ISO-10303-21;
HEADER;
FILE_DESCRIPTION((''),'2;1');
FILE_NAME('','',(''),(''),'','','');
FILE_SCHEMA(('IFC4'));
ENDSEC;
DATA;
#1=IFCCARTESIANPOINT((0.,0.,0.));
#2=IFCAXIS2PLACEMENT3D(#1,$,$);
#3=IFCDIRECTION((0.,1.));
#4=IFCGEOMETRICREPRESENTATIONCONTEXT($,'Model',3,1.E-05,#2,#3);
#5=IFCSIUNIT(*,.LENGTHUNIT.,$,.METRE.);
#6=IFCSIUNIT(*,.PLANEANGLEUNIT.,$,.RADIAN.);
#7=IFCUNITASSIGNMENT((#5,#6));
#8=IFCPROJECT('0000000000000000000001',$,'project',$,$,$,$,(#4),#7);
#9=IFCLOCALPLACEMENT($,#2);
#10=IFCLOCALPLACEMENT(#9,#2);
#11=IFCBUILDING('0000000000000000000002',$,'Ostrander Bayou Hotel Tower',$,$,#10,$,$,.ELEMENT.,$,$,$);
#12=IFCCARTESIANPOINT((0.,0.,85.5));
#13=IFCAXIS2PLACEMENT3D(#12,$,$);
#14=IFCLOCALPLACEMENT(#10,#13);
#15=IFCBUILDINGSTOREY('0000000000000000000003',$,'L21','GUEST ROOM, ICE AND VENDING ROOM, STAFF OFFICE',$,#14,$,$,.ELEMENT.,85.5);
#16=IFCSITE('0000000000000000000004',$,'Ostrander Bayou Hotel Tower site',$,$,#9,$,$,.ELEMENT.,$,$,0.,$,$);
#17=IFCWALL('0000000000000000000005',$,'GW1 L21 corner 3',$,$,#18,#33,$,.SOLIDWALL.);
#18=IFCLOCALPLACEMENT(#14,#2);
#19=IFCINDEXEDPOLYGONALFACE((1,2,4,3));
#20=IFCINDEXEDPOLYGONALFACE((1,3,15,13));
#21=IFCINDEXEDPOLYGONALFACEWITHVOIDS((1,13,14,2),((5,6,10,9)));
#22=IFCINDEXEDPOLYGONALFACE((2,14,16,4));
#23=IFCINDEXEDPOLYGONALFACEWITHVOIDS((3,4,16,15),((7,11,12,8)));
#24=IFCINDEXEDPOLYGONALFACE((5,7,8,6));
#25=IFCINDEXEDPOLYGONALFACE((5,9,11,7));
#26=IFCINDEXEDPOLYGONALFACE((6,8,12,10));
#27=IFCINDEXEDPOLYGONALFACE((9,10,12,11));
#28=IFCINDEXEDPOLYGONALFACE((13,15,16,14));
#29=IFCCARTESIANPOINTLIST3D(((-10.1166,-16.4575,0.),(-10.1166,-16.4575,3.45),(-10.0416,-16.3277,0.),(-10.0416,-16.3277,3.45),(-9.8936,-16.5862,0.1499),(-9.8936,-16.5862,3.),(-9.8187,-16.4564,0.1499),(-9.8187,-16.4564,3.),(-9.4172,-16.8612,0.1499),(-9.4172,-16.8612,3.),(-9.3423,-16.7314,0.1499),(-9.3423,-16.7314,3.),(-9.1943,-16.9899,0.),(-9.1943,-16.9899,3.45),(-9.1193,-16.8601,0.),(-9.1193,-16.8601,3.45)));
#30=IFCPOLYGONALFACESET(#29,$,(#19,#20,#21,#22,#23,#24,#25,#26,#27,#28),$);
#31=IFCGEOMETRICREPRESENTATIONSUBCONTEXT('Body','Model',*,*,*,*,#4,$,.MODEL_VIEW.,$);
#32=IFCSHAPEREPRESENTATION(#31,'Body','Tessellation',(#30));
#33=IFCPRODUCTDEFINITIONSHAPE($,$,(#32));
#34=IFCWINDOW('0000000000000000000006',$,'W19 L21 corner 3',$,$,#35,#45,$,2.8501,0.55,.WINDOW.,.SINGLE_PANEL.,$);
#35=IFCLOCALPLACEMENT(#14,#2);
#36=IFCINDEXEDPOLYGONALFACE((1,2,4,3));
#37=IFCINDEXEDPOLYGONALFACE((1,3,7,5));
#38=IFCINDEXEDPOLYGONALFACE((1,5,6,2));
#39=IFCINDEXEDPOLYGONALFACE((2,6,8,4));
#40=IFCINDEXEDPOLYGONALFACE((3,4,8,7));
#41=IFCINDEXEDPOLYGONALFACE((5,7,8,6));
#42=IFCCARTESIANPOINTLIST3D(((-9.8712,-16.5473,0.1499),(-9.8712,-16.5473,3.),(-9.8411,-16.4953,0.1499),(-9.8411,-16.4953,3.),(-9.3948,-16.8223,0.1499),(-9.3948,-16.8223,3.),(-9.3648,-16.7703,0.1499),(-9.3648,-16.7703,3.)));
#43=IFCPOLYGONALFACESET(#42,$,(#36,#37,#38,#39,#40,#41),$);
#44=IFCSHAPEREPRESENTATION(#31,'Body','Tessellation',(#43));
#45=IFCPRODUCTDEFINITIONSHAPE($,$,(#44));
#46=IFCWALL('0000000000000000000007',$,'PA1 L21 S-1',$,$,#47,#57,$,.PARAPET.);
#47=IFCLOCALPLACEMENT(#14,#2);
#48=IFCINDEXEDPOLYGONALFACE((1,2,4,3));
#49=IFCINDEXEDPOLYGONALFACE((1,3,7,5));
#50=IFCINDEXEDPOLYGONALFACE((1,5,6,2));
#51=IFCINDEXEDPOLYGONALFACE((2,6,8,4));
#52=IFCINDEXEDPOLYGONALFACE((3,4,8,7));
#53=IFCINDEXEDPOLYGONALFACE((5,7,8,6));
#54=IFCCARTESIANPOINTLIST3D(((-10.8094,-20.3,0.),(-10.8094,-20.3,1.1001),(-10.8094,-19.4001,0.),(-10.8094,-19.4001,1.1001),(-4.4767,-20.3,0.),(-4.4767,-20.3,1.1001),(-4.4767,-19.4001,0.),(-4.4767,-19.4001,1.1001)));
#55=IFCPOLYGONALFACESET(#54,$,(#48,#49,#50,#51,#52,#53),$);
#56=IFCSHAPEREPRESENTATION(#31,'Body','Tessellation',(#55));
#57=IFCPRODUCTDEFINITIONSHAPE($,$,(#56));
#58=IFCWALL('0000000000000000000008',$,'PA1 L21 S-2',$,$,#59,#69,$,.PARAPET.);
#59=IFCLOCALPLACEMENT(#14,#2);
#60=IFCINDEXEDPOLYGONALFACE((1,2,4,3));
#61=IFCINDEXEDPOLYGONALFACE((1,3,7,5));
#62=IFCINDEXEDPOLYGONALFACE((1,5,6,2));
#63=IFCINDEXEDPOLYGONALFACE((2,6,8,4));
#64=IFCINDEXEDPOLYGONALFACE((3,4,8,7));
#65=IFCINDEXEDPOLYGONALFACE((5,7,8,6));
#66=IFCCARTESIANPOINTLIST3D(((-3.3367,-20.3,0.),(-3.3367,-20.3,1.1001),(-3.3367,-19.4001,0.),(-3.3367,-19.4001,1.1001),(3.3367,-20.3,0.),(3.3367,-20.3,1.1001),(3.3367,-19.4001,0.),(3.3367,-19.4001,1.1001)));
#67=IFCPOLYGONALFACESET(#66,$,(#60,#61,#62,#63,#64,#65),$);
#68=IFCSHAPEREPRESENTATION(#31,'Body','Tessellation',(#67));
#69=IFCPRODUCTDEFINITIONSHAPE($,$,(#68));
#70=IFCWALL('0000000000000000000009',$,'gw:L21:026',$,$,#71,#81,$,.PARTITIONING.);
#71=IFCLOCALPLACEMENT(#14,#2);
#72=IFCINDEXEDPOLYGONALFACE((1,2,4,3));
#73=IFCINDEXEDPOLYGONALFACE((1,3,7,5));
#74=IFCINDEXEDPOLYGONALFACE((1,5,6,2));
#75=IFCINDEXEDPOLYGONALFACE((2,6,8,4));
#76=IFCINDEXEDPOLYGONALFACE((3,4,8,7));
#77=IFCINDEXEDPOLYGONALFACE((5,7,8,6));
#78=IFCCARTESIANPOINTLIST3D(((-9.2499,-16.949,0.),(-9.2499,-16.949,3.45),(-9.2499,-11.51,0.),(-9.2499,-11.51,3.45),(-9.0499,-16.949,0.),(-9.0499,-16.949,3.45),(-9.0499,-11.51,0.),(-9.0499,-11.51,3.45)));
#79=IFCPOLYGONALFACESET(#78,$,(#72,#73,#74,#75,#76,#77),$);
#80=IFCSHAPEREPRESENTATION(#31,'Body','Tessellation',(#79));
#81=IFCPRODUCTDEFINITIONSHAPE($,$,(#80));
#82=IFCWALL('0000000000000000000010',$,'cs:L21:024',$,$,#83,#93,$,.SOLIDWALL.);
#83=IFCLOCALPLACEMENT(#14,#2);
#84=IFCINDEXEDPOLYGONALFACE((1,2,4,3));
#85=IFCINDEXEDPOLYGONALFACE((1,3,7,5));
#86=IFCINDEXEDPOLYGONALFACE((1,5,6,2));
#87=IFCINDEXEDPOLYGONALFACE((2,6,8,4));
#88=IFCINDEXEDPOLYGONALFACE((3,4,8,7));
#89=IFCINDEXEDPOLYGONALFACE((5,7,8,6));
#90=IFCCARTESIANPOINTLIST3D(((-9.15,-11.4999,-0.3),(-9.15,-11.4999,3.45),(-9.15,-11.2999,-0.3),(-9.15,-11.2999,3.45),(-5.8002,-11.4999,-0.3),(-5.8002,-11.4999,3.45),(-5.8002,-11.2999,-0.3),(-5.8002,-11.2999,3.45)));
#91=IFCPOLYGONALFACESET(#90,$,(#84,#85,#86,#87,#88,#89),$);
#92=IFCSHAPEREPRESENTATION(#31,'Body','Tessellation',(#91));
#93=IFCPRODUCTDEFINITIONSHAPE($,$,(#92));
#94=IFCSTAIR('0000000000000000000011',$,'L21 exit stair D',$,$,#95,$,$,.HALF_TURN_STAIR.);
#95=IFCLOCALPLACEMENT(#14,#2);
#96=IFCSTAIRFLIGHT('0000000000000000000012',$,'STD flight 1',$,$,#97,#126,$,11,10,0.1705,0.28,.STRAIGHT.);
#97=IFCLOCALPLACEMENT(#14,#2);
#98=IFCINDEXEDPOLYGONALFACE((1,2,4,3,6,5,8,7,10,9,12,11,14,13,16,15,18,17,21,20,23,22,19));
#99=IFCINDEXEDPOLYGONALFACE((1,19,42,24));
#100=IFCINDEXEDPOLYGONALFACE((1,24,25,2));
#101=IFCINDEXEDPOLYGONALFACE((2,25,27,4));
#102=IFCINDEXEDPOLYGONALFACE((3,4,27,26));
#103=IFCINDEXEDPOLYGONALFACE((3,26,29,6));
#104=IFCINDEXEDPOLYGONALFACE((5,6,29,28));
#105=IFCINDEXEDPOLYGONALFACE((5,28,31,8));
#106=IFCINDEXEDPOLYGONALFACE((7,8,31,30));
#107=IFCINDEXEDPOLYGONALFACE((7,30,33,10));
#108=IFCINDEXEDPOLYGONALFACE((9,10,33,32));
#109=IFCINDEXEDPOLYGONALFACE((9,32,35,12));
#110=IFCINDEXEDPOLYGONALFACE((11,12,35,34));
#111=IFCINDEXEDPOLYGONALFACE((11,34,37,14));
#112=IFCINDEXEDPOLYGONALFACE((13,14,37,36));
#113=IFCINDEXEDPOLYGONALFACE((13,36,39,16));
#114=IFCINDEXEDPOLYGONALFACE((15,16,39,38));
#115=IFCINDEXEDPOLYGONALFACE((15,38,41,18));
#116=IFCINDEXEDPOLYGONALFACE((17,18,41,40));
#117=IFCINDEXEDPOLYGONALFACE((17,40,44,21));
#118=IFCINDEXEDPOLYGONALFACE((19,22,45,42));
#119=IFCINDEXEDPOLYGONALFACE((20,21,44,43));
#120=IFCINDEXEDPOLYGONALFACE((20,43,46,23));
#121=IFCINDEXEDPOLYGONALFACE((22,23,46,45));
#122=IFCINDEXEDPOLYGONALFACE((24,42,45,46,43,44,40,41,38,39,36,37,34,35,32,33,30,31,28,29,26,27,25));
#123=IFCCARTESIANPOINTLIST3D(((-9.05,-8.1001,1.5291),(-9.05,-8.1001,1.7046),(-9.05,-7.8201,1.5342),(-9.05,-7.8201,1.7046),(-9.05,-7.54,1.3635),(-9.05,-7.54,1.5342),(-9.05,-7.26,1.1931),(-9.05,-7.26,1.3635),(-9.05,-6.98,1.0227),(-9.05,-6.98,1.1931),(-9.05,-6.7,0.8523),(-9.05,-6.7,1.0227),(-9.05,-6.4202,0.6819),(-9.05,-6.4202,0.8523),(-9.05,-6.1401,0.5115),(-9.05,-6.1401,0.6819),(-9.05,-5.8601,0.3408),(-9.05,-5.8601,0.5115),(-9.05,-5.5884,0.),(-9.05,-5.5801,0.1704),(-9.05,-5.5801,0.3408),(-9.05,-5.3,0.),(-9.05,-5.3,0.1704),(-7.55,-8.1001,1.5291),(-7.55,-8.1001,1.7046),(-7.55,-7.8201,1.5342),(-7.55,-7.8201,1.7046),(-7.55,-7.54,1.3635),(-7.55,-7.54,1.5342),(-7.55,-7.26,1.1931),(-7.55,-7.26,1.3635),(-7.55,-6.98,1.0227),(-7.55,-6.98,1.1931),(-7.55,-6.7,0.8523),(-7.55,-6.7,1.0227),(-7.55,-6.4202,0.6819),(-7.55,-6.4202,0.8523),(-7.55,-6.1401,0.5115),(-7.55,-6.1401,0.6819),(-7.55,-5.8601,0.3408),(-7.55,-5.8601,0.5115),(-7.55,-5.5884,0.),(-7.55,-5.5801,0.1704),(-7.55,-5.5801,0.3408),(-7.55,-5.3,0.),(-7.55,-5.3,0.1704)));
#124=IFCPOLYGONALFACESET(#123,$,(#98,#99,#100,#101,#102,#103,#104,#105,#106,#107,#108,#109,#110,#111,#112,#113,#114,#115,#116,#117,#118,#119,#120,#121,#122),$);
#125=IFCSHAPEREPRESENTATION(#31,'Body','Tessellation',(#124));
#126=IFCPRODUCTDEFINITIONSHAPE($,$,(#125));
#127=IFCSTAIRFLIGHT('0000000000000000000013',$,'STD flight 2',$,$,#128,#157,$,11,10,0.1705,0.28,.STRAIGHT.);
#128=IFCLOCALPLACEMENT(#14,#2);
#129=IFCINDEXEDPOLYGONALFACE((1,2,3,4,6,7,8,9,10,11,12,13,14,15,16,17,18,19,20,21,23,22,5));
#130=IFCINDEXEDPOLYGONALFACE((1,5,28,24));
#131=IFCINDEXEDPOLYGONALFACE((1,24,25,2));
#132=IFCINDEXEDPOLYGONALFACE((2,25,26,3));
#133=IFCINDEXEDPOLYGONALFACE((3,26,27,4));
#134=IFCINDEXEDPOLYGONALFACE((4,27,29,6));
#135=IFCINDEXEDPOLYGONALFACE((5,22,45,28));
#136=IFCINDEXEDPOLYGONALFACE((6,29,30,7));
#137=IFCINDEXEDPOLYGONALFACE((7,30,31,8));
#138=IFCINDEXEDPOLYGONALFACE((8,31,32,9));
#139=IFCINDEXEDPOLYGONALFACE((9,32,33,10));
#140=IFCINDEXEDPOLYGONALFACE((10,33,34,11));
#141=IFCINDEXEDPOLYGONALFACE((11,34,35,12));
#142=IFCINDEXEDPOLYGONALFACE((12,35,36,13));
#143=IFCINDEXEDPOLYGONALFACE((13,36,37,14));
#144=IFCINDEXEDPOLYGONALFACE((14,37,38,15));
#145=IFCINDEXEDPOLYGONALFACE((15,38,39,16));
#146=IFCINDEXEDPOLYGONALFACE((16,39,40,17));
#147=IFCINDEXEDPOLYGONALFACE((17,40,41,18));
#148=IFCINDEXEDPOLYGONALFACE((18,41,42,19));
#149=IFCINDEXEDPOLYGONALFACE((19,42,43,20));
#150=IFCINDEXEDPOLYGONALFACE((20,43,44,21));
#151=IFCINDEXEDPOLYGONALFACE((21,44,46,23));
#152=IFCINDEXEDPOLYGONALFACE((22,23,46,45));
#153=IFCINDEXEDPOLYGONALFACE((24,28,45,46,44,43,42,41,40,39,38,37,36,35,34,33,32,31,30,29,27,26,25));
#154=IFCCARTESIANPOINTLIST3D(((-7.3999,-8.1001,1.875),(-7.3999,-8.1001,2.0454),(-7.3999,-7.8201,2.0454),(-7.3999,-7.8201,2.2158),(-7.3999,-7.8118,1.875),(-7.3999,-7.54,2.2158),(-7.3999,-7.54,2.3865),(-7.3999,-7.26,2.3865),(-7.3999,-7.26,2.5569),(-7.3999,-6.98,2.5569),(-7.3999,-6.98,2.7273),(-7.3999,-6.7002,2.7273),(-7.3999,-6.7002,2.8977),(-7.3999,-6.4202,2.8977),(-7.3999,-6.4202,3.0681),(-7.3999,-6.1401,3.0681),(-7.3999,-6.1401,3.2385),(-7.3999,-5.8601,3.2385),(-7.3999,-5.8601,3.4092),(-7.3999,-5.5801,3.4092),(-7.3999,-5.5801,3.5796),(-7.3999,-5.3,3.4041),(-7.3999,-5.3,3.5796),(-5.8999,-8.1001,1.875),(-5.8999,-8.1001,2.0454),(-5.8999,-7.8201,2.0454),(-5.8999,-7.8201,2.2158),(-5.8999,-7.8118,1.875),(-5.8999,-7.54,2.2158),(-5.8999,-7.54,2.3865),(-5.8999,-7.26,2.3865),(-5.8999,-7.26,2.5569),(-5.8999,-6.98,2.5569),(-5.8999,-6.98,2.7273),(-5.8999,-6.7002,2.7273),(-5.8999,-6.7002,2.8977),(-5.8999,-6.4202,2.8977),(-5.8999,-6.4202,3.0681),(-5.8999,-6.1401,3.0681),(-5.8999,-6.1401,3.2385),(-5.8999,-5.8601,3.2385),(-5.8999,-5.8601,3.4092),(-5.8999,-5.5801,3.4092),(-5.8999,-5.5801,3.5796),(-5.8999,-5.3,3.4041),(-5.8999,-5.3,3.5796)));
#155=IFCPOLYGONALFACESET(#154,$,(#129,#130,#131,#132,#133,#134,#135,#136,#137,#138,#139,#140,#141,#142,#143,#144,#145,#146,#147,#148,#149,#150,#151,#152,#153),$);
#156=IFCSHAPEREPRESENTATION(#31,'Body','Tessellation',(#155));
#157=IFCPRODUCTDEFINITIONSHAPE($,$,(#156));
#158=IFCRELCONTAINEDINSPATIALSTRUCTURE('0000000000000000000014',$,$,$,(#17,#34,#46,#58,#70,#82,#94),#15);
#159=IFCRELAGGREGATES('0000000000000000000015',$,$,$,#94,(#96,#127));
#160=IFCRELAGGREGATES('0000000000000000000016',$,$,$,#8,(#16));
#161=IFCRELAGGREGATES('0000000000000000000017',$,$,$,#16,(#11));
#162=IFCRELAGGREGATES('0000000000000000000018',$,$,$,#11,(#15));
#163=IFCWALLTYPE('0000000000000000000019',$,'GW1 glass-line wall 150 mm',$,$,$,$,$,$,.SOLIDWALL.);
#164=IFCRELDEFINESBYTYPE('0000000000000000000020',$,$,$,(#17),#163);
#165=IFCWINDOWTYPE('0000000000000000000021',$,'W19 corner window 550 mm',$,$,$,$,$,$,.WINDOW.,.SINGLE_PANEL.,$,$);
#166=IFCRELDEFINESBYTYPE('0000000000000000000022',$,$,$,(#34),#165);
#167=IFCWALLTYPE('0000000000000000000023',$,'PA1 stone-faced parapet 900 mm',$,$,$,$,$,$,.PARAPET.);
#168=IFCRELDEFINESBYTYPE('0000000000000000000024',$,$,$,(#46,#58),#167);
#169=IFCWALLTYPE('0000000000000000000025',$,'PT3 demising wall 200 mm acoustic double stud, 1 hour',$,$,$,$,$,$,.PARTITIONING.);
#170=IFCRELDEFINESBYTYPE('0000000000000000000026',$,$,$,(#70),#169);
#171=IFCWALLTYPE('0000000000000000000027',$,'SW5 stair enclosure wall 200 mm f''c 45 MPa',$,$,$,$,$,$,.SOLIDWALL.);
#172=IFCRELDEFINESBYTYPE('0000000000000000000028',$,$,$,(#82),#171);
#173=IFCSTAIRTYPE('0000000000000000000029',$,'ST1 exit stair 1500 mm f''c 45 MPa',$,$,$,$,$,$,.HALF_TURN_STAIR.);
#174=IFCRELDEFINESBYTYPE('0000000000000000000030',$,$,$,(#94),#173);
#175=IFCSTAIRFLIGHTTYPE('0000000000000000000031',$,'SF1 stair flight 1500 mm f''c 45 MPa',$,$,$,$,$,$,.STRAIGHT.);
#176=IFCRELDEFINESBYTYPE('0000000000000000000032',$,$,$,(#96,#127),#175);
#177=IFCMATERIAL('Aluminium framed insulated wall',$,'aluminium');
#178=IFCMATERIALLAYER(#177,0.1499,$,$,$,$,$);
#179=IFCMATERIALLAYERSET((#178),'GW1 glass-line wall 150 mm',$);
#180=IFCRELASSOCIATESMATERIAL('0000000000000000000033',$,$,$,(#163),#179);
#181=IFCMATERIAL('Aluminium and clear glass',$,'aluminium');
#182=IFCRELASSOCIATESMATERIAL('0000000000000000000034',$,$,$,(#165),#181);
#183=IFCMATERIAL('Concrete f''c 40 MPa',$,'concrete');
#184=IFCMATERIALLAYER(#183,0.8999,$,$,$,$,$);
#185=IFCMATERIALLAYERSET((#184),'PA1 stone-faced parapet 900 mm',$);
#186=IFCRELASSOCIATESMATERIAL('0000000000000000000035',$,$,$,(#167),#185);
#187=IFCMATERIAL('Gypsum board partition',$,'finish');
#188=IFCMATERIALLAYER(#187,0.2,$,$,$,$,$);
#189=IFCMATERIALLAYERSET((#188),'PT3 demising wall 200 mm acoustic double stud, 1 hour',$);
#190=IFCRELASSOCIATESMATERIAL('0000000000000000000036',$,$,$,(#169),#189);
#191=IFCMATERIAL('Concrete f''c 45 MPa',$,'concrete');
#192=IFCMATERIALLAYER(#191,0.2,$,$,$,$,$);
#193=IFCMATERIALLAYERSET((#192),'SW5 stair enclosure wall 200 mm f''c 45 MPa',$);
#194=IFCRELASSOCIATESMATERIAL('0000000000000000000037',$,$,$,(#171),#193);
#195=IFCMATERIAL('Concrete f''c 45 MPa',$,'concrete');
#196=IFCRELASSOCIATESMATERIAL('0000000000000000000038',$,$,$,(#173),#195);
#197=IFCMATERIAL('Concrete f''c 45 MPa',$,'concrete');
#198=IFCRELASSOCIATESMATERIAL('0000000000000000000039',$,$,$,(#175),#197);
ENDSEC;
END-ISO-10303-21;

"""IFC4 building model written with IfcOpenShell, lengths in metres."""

from ifc_helpers import new_model, si_unit, direction, frame, frame_2d, origin, place, context, subcontext, project, spatial, polyline, rectangle, outline, extrude, material, layer, layer_set, type_object, element, fill, aggregate, save


model = new_model("IFC4")

# Units and contexts
model_context = context("Model", 3, precision=1e-05, world=origin(), true_north=direction((0.0, 1.0)))
body_context = subcontext(model_context, "Body", "Model", "MODEL_VIEW")
ifc_project = project(units=[si_unit("LENGTHUNIT", "METRE"), si_unit("PLANEANGLEUNIT", "RADIAN")], contexts=[model_context])

# Site, building, storey
site_placement = place(None, origin())
site = spatial("IfcSite", under=ifc_project, at=site_placement, Name="Ostrander Bayou Hotel Tower site", CompositionType="ELEMENT", RefElevation=0.0)
building_placement = place(site_placement, origin())
building = spatial("IfcBuilding", under=site, at=building_placement, Name="Ostrander Bayou Hotel Tower", CompositionType="ELEMENT")
storey_placement = place(building_placement, frame((0.0, 0.0, 85.5)))
storey = spatial("IfcBuildingStorey", under=building, at=storey_placement, Name="L21", Description="GUEST ROOM, ICE AND VENDING ROOM, STAFF OFFICE", CompositionType="ELEMENT", Elevation=85.5)

# Shared definitions
ifc_material_1 = material(Name="Aluminium framed insulated wall", Category="aluminium")
ifc_layer_1 = layer(ifc_material_1, 0.1499)
ifc_layer_set_1 = layer_set([ifc_layer_1], Name="GW1 glass-line wall 150 mm")
wall_type_1 = type_object("IfcWallType", Name="GW1 glass-line wall 150 mm", PredefinedType="SOLIDWALL", material=ifc_layer_set_1)

# Wall, opening, window
wall_1_placement = place(storey_placement, frame((-10.0791, -16.3926, 0.0), z_axis=(0.0, 0.0, 1.0), x_axis=(0.866048, -0.499961, 0.0)))
wall_1 = element("IfcWall", 1, at=wall_1_placement, inside=storey, type_object=wall_type_1, Name="GW1 L21 corner 3", PredefinedType="SOLIDWALL", context=body_context, shape_type="SweptSolid", body=[
    extrude(rectangle(XDim=1.0649, YDim=0.1499, at=frame_2d((0.5325, 0.0))), origin(), (0.0, 0.0, 1.0), 3.45),
])
opening_1_placement = place(wall_1_placement, frame((0.2576, 0.0, 0.1499)))
opening_1 = element("IfcOpeningElement", 2, at=opening_1_placement, cuts=wall_1, PredefinedType="OPENING", context=body_context, shape_type="SweptSolid", body=[
    extrude(rectangle(XDim=0.55, YDim=2.8501, at=frame_2d((0.2749, 1.425))), frame((0.0, 0.075, 0.0), z_axis=(0.0, -1.0, 0.0), x_axis=(1.0, 0.0, 0.0)), (0.0, 0.0, 1.0), 0.1499),
])
ifc_material_2 = material(Name="Aluminium and clear glass", Category="aluminium")
window_type_1 = type_object("IfcWindowType", Name="W19 corner window 550 mm", PartitioningType="SINGLE_PANEL", PredefinedType="WINDOW", material=ifc_material_2)
window_1_placement = place(opening_1_placement, origin())
window_1 = element("IfcWindow", 3, at=window_1_placement, inside=storey, type_object=window_type_1, Name="W19 L21 corner 3", OverallHeight=2.8501, OverallWidth=0.55, PartitioningType="SINGLE_PANEL", PredefinedType="WINDOW", context=body_context, shape_type="SweptSolid", body=[
    extrude(rectangle(XDim=0.55, YDim=2.8501, at=frame_2d((0.2749, 1.425))), frame((0.0, 0.03, 0.0), z_axis=(0.0, -1.0, 0.0), x_axis=(1.0, 0.0, 0.0)), (0.0, 0.0, 1.0), 0.0601),
])
fill(opening_1, window_1)

# Walls
ifc_material_3 = material(Name="Concrete f'c 40 MPa", Category="concrete")
ifc_layer_2 = layer(ifc_material_3, 0.8999)
ifc_layer_set_2 = layer_set([ifc_layer_2], Name="PA1 stone-faced parapet 900 mm")
wall_type_2 = type_object("IfcWallType", Name="PA1 stone-faced parapet 900 mm", PredefinedType="PARAPET", material=ifc_layer_set_2)
wall_2_placement = place(storey_placement, frame((-10.8096, -19.8501, 0.0), z_axis=(0.0, 0.0, 1.0), x_axis=(1.0, 0.0, 0.0)))
element("IfcWall", 4, at=wall_2_placement, inside=storey, type_object=wall_type_2, Name="PA1 L21 S-1", PredefinedType="PARAPET", context=body_context, shape_type="SweptSolid", body=[
    extrude(rectangle(XDim=6.3328, YDim=0.8999, at=frame_2d((3.1665, 0.0))), origin(), (0.0, 0.0, 1.0), 1.1001),
])
wall_3_placement = place(storey_placement, frame((-3.3367, -19.8501, 0.0), z_axis=(0.0, 0.0, 1.0), x_axis=(1.0, 0.0, 0.0)))
element("IfcWall", 5, at=wall_3_placement, inside=storey, type_object=wall_type_2, Name="PA1 L21 S-2", PredefinedType="PARAPET", context=body_context, shape_type="SweptSolid", body=[
    extrude(rectangle(XDim=6.6733, YDim=0.8999, at=frame_2d((3.3367, 0.0))), origin(), (0.0, 0.0, 1.0), 1.1001),
])
ifc_material_4 = material(Name="Gypsum board partition", Category="finish")
ifc_layer_3 = layer(ifc_material_4, 0.2)
ifc_layer_set_3 = layer_set([ifc_layer_3], Name="PT3 demising wall 200 mm acoustic double stud, 1 hour")
wall_type_3 = type_object("IfcWallType", Name="PT3 demising wall 200 mm acoustic double stud, 1 hour", PredefinedType="PARTITIONING", material=ifc_layer_set_3)
wall_4_placement = place(storey_placement, frame((-9.1499, -16.949, 0.0), z_axis=(0.0, 0.0, 1.0), x_axis=(0.0, 1.0, 0.0)))
element("IfcWall", 6, at=wall_4_placement, inside=storey, type_object=wall_type_3, Name="gw:L21:026", PredefinedType="PARTITIONING", context=body_context, shape_type="SweptSolid", body=[
    extrude(rectangle(XDim=5.439, YDim=0.2, at=frame_2d((2.7195, 0.0))), origin(), (0.0, 0.0, 1.0), 3.45),
])
ifc_material_5 = material(Name="Concrete f'c 45 MPa", Category="concrete")
ifc_layer_4 = layer(ifc_material_5, 0.2)
ifc_layer_set_4 = layer_set([ifc_layer_4], Name="SW5 stair enclosure wall 200 mm f'c 45 MPa")
wall_type_4 = type_object("IfcWallType", Name="SW5 stair enclosure wall 200 mm f'c 45 MPa", PredefinedType="SOLIDWALL", material=ifc_layer_set_4)
wall_5_placement = place(storey_placement, frame((-9.1499, -11.3999, -0.3), z_axis=(0.0, 0.0, 1.0), x_axis=(1.0, 0.0, 0.0)))
element("IfcWall", 7, at=wall_5_placement, inside=storey, type_object=wall_type_4, Name="cs:L21:024", PredefinedType="SOLIDWALL", context=body_context, shape_type="SweptSolid", body=[
    extrude(rectangle(XDim=3.3499, YDim=0.2, at=frame_2d((1.6748, 0.0))), origin(), (0.0, 0.0, 1.0), 3.75),
])

# Stair, stair flights
ifc_material_6 = material(Name="Concrete f'c 45 MPa", Category="concrete")
stair_type = type_object("IfcStairType", Name="ST1 exit stair 1500 mm f'c 45 MPa", PredefinedType="HALF_TURN_STAIR", material=ifc_material_6)
stair_placement = place(storey_placement, origin())
stair = element("IfcStair", 8, at=stair_placement, inside=storey, type_object=stair_type, Name="L21 exit stair D", PredefinedType="HALF_TURN_STAIR")
ifc_material_7 = material(Name="Concrete f'c 45 MPa", Category="concrete")
stair_flight_type = type_object("IfcStairFlightType", Name="SF1 stair flight 1500 mm f'c 45 MPa", PredefinedType="STRAIGHT", material=ifc_material_7)
stair_flight_1_placement = place(storey_placement, frame((-8.3, -5.3, 0.0), z_axis=(0.0, 0.0, 1.0), x_axis=(0.0, -1.0, 0.0)))
stair_flight_1 = element("IfcStairFlight", 9, at=stair_flight_1_placement, type_object=stair_flight_type, Name="STD flight 1", NumberOfRisers=11, NumberOfTreads=10, PredefinedType="STRAIGHT", RiserHeight=0.1705, TreadLength=0.28, context=body_context, shape_type="SweptSolid", body=[
    extrude(outline(polyline([(0.0, 0.0), (0.0, 0.1704), (0.28, 0.1704), (0.28, 0.3408), (0.5601, 0.3408), (0.5601, 0.5115), (0.8401, 0.5115), (0.8401, 0.6819), (1.1201, 0.6819), (1.1201, 0.8523), (1.3999, 0.8523), (1.3999, 1.0227), (1.6799, 1.0227), (1.6799, 1.1931), (1.96, 1.1931), (1.96, 1.3635), (2.24, 1.3635), (2.24, 1.5342), (2.52, 1.5342), (2.52, 1.7046), (2.8, 1.7046), (2.8, 1.875), (2.8, 1.5291), (0.2883, 0.0), (0.0, 0.0)])), frame((0.0, 0.75, 0.0), z_axis=(0.0, -1.0, 0.0), x_axis=(1.0, 0.0, 0.0)), (0.0, 0.0, 1.0), 1.5),
])
stair_flight_2_placement = place(storey_placement, frame((-6.6499, -8.1001, 1.875), z_axis=(0.0, 0.0, 1.0), x_axis=(0.0, 1.0, 0.0)))
stair_flight_2 = element("IfcStairFlight", 10, at=stair_flight_2_placement, type_object=stair_flight_type, Name="STD flight 2", NumberOfRisers=11, NumberOfTreads=10, PredefinedType="STRAIGHT", RiserHeight=0.1705, TreadLength=0.28, context=body_context, shape_type="SweptSolid", body=[
    extrude(outline(polyline([(0.0, 0.0), (0.0, 0.1704), (0.28, 0.1704), (0.28, 0.3408), (0.5601, 0.3408), (0.5601, 0.5115), (0.8401, 0.5115), (0.8401, 0.6819), (1.1201, 0.6819), (1.1201, 0.8523), (1.3999, 0.8523), (1.3999, 1.0227), (1.6799, 1.0227), (1.6799, 1.1931), (1.96, 1.1931), (1.96, 1.3635), (2.24, 1.3635), (2.24, 1.5342), (2.52, 1.5342), (2.52, 1.7046), (2.8, 1.7046), (2.8, 1.875), (2.8, 1.5291), (0.2883, 0.0), (0.0, 0.0)])), frame((0.0, 0.75, 0.0), z_axis=(0.0, -1.0, 0.0), x_axis=(1.0, 0.0, 0.0)), (0.0, 0.0, 1.0), 1.5),
])
aggregate(stair, [stair_flight_1, stair_flight_2])

save(model, "model.ifc")
